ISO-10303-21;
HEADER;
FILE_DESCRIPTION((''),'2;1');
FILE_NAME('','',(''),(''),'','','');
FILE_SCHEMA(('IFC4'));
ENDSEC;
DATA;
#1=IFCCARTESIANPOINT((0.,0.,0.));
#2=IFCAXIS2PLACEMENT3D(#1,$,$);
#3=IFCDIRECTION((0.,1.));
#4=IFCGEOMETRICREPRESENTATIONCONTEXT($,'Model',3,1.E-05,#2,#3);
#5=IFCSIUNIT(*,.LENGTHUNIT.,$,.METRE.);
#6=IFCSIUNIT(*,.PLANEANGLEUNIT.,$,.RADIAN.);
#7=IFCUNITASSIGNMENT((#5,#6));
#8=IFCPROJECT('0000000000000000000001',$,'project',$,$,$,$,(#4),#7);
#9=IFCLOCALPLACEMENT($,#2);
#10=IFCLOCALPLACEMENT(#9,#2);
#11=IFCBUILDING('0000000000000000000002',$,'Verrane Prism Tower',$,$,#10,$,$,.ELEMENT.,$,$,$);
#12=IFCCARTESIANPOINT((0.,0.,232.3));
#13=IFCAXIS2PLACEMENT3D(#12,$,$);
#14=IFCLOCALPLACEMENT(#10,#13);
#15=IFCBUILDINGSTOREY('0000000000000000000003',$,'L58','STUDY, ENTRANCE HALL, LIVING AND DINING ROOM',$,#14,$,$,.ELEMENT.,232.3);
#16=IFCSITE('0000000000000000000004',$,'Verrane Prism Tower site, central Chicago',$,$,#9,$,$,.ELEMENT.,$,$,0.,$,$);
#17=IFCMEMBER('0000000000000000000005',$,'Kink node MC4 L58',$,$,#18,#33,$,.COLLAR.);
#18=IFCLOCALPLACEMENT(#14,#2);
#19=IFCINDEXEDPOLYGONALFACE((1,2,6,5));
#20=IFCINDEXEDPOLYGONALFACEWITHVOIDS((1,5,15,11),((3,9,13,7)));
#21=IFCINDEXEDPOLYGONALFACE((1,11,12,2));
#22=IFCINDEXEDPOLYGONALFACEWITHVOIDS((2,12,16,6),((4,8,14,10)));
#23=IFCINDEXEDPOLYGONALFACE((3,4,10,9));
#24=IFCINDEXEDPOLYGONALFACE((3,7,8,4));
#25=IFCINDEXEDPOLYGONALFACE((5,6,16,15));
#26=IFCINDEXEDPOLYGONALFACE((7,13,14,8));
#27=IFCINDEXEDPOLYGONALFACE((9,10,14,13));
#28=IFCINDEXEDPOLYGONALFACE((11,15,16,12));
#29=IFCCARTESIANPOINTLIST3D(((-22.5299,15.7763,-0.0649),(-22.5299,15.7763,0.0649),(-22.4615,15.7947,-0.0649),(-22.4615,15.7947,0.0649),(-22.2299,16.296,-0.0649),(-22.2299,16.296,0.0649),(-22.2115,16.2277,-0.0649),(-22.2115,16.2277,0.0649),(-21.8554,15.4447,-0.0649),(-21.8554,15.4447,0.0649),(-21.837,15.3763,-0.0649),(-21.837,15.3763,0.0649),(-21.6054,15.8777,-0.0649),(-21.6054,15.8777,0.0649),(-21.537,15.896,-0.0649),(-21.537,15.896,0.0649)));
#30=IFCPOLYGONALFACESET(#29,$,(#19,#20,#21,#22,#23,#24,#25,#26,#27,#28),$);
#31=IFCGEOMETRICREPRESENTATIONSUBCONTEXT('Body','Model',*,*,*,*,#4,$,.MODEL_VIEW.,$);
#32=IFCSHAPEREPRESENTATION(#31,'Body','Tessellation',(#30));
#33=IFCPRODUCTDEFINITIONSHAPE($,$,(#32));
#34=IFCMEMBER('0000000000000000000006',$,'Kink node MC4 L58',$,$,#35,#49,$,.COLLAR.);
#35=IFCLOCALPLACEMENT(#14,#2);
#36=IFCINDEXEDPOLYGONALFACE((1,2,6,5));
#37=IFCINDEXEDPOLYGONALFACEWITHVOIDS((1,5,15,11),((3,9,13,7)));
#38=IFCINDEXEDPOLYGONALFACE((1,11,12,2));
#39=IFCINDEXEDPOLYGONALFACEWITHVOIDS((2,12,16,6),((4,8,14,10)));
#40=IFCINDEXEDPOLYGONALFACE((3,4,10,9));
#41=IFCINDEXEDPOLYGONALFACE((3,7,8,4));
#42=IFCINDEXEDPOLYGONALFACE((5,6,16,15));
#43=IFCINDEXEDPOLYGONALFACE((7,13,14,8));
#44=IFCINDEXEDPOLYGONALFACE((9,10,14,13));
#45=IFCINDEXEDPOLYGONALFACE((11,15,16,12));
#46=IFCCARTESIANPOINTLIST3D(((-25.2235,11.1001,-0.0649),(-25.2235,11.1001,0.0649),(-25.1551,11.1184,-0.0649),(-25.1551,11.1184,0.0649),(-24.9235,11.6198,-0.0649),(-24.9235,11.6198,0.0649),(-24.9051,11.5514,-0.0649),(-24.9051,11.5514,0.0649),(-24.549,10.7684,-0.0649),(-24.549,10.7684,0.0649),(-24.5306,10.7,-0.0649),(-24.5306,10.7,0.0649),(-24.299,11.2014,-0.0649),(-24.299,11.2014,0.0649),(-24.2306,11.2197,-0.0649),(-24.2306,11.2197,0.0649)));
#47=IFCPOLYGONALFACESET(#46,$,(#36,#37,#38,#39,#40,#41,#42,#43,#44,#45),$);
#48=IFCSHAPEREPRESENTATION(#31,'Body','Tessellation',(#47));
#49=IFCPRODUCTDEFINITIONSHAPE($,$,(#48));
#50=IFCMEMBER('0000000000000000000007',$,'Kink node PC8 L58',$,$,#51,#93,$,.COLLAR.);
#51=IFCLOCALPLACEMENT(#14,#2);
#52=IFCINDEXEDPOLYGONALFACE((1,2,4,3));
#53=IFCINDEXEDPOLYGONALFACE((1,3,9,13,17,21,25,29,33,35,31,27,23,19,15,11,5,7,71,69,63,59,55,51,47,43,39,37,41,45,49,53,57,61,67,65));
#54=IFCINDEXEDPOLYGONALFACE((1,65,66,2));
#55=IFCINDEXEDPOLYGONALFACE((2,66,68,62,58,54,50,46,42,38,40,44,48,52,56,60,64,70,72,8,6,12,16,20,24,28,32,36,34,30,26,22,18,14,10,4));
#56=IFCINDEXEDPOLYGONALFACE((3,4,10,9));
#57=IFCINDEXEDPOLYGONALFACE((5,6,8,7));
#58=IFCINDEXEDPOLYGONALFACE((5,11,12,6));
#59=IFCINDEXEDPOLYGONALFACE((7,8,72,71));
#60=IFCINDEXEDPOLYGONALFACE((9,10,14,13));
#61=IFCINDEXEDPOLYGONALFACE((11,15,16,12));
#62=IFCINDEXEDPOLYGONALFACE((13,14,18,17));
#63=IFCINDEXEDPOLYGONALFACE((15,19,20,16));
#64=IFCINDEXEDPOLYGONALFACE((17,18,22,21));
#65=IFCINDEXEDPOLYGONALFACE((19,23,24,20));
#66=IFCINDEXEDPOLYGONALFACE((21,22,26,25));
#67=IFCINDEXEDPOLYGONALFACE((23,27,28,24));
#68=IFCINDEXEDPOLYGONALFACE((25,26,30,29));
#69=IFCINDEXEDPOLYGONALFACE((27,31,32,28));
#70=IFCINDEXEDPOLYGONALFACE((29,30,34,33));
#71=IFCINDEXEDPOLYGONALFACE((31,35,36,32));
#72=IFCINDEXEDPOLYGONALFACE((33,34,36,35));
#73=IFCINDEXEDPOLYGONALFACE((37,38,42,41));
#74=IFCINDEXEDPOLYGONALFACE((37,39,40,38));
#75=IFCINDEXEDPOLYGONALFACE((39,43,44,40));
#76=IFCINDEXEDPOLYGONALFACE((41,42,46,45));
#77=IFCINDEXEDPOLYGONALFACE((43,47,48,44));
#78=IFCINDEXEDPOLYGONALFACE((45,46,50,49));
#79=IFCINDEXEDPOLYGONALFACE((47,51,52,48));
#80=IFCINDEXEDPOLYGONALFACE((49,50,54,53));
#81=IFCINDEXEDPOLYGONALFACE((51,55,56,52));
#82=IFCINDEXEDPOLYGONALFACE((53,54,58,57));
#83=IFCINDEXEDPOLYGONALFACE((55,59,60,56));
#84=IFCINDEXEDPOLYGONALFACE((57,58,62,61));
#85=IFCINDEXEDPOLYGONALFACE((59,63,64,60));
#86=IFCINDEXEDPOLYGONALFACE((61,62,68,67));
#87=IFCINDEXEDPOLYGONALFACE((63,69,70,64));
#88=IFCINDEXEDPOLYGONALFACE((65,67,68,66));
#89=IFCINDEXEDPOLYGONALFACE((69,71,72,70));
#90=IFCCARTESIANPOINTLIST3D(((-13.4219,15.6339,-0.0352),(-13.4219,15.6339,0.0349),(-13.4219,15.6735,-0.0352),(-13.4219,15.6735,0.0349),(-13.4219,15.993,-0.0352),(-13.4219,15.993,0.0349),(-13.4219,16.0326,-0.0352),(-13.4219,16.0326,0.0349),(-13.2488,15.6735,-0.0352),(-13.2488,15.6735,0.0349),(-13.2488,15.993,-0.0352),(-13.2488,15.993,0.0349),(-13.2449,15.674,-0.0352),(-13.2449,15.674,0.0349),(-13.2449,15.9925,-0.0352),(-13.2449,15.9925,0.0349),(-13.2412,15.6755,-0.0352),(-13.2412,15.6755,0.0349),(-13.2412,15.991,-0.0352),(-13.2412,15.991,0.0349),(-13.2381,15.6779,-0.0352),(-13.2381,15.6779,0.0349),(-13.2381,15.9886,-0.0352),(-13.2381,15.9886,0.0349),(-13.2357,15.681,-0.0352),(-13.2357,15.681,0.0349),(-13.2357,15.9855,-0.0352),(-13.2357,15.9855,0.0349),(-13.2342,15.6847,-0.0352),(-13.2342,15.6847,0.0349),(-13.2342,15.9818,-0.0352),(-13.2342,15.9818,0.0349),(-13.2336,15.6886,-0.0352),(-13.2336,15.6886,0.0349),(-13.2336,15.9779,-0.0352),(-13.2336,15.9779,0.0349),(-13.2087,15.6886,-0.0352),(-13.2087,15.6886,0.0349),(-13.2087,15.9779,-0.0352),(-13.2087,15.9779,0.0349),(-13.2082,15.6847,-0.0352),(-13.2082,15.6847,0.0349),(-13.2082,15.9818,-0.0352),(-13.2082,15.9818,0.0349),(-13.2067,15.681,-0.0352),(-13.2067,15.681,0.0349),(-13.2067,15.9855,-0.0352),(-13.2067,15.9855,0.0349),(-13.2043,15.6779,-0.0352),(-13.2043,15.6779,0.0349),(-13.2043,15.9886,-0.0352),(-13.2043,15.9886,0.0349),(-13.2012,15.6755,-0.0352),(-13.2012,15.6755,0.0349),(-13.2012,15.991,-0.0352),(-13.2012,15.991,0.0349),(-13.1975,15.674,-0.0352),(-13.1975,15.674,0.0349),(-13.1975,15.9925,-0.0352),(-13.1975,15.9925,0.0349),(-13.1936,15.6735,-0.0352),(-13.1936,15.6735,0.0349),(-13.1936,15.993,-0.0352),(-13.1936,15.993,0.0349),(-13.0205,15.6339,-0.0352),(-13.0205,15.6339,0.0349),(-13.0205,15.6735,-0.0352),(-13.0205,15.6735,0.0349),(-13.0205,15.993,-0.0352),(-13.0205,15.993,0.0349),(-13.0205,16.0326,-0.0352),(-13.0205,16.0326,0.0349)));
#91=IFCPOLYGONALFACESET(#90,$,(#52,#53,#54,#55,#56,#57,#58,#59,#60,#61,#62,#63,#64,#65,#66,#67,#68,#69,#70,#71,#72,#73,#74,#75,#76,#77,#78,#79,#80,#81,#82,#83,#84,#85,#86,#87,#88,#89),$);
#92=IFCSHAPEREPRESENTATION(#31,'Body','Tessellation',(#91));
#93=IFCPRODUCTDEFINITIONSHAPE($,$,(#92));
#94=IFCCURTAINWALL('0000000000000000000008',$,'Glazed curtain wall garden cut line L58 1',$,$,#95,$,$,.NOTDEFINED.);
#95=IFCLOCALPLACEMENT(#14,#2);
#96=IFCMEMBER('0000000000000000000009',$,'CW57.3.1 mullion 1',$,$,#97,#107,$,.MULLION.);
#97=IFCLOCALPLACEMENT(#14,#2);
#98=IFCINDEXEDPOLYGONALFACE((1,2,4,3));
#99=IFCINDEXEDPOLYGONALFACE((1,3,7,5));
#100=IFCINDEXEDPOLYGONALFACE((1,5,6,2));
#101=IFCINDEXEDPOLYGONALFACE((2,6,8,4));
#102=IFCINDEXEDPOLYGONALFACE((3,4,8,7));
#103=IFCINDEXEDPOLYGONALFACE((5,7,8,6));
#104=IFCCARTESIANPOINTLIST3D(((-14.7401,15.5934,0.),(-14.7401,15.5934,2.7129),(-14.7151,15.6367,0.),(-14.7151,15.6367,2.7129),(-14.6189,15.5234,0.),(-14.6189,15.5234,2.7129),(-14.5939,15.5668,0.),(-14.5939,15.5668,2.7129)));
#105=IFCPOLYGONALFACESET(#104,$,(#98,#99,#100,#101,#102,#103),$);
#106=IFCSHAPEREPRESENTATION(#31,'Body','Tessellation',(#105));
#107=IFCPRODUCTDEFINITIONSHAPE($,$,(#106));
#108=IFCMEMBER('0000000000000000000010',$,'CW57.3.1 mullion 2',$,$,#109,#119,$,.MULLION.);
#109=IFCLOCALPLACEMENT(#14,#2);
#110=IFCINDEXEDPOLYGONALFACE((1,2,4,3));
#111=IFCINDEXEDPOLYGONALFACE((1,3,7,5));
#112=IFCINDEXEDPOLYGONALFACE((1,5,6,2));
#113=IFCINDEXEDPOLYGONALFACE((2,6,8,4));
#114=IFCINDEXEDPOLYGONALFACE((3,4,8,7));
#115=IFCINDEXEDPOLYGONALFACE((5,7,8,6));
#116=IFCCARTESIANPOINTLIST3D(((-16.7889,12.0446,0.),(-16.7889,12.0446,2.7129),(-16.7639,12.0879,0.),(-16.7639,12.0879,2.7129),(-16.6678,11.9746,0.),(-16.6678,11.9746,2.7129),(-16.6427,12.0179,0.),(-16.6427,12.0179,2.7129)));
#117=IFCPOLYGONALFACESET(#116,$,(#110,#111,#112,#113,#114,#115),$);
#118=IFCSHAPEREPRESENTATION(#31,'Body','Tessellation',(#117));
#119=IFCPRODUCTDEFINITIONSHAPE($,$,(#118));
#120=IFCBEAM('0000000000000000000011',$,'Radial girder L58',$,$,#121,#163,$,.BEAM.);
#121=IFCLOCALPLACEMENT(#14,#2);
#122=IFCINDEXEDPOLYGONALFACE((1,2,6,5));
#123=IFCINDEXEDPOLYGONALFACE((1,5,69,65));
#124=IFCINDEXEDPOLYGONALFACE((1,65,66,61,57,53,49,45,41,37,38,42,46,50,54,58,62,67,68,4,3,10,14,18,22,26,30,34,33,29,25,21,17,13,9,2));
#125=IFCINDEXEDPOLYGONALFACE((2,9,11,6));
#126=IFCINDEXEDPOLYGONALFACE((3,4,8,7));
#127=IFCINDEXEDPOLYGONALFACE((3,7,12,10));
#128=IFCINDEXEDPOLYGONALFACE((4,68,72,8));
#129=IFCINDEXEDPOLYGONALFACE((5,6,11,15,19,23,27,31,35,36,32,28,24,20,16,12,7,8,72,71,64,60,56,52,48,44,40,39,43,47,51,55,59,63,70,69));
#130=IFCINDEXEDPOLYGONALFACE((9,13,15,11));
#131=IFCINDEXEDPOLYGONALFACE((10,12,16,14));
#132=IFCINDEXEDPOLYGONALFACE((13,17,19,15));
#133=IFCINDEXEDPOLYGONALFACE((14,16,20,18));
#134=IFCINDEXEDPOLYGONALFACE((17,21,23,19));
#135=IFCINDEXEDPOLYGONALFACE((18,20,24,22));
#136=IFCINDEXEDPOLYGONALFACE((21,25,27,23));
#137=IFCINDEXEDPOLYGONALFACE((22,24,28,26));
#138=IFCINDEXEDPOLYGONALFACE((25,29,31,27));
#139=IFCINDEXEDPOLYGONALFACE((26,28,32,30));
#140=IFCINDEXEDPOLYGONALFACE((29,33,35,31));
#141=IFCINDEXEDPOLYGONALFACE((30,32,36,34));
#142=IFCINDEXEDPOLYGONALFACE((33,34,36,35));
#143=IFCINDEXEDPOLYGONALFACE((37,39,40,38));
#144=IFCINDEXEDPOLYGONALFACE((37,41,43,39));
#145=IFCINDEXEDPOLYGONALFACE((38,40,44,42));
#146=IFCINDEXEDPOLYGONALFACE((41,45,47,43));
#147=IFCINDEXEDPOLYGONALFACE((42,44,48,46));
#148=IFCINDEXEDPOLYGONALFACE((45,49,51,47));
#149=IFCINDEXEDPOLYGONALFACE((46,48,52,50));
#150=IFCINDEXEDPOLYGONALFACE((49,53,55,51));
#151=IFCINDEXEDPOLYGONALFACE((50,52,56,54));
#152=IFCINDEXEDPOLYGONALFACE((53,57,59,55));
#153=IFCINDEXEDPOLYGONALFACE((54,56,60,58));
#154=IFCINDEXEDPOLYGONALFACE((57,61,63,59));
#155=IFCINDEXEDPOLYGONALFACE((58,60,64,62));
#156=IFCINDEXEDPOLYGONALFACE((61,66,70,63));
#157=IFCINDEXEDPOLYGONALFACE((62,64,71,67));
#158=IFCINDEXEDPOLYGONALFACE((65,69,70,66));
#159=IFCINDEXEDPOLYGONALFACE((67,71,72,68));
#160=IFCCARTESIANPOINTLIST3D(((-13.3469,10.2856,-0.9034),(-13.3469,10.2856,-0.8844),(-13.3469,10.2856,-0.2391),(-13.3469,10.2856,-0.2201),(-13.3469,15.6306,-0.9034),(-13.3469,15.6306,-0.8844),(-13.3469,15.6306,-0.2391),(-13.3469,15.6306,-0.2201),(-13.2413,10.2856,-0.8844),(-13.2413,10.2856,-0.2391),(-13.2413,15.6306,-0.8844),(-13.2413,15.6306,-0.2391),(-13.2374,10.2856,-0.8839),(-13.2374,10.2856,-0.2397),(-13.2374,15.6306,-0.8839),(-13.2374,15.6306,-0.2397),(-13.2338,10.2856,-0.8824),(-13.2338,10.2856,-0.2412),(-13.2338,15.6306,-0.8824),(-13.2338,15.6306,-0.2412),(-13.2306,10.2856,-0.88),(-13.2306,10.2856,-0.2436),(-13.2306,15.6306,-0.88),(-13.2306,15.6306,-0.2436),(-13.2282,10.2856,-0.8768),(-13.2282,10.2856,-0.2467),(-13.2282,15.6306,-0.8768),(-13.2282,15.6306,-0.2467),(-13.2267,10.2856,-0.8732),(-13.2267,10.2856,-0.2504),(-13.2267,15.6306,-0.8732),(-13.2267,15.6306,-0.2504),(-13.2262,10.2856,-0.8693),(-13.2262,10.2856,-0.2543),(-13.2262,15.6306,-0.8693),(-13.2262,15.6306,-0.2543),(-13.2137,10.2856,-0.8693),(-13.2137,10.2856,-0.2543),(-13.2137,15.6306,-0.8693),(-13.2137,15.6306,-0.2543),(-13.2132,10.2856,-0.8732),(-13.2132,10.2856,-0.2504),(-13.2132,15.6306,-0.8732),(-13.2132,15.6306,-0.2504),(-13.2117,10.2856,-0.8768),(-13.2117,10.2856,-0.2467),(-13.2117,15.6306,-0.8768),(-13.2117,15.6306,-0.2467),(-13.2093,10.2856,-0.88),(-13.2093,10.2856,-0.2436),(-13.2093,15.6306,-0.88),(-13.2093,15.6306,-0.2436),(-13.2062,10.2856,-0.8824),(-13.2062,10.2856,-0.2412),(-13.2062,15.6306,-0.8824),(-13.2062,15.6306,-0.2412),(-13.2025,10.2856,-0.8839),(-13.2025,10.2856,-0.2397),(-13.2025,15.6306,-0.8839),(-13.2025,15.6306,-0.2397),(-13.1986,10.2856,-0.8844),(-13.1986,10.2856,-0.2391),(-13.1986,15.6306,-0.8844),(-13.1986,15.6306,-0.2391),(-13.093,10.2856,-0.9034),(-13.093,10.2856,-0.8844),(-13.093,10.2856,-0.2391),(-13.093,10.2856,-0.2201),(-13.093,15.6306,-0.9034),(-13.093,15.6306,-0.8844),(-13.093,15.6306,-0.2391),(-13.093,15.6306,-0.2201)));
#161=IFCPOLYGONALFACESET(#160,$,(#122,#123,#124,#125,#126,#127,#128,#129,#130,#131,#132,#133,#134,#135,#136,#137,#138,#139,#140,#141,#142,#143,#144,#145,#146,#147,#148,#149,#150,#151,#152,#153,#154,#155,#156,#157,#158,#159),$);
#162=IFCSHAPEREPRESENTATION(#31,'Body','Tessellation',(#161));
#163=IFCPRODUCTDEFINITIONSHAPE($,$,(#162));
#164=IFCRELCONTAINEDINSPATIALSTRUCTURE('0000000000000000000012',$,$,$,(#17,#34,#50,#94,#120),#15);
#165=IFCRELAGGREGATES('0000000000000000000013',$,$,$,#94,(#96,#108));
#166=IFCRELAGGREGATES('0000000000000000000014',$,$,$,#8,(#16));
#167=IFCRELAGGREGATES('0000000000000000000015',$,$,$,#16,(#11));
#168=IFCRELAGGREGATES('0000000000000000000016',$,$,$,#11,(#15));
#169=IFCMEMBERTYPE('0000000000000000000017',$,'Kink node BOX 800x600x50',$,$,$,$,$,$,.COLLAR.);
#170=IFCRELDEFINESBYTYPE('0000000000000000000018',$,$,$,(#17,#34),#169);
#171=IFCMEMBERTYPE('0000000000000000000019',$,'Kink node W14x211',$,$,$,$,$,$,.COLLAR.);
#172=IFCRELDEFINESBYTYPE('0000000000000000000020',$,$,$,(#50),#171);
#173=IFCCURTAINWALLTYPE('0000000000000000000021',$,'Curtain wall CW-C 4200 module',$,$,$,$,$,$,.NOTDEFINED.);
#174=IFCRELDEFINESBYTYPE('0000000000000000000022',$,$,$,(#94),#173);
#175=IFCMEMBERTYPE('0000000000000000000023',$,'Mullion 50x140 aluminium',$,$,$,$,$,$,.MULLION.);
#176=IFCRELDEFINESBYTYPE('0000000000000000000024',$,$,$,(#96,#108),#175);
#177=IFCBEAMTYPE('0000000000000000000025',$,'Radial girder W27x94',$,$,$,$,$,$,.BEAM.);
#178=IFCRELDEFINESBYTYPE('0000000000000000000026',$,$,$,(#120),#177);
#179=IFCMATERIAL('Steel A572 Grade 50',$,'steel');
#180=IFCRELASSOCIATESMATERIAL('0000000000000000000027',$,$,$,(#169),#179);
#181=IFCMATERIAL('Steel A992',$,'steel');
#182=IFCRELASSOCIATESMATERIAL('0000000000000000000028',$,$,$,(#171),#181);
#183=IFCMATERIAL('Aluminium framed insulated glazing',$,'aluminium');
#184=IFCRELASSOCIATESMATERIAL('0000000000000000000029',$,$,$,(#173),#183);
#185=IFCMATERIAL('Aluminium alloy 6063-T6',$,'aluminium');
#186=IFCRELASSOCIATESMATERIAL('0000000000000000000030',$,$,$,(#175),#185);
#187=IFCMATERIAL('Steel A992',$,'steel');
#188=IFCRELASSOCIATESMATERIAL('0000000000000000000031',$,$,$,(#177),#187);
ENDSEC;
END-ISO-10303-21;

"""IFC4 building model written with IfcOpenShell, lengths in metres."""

from ifc_helpers import new_model, si_unit, direction, frame, origin, origin_2d, place, context, subcontext, project, spatial, rectangle, hollow_rectangle, i_section, extrude, material, material_profile, profile_set, type_object, element, aggregate, save


model = new_model("IFC4")

# Units and contexts
model_context = context("Model", 3, precision=1e-05, world=origin(), true_north=direction((0.0, 1.0)))
body_context = subcontext(model_context, "Body", "Model", "MODEL_VIEW")
ifc_project = project(units=[si_unit("LENGTHUNIT", "METRE"), si_unit("PLANEANGLEUNIT", "RADIAN")], contexts=[model_context])

# Site, building, storey
site_placement = place(None, origin())
site = spatial("IfcSite", under=ifc_project, at=site_placement, Name="Verrane Prism Tower site, central Chicago", CompositionType="ELEMENT", RefElevation=0.0)
building_placement = place(site_placement, origin())
building = spatial("IfcBuilding", under=site, at=building_placement, Name="Verrane Prism Tower", CompositionType="ELEMENT")
storey_placement = place(building_placement, frame((0.0, 0.0, 232.3)))
storey = spatial("IfcBuildingStorey", under=building, at=storey_placement, Name="L58", Description="STUDY, ENTRANCE HALL, LIVING AND DINING ROOM", CompositionType="ELEMENT", Elevation=232.3)

# Members
ifc_material_1 = material(Name="Steel A572 Grade 50", Category="steel")
ifc_material_profile_1 = material_profile(ifc_material_1, hollow_rectangle(XDim=0.6001, YDim=0.8, WallThickness=0.05, at=origin_2d()), Name="BOX 800x600x50")
ifc_profile_set_1 = profile_set([ifc_material_profile_1], Name="Steel A572 Grade 50")
member_type_1 = type_object("IfcMemberType", Name="Kink node BOX 800x600x50", PredefinedType="COLLAR", material=ifc_profile_set_1)
for number, where, z_axis, x_axis, name in (
    (1, (-22.0334, 15.8362, -0.0649), (0.0, 0.0, 1.0), (0.5, 0.866025, 0.0), "Kink node MC4 L58"),
    (2, (-24.7271, 11.1599, -0.0649), (0.0, 0.0, 1.0), (0.5, 0.866025, 0.0), "Kink node MC4 L58"),
):
    element("IfcMember", number, at=place(storey_placement, frame(where, z_axis=z_axis, x_axis=x_axis)), inside=storey, type_object=member_type_1, Name=name, PredefinedType="COLLAR", context=body_context, shape_type="SweptSolid", body=[
        extrude(hollow_rectangle(XDim=0.6001, YDim=0.8, WallThickness=0.05, at=origin_2d()), origin(), (0.0, 0.0, 1.0), 0.1299),
    ])
ifc_material_2 = material(Name="Steel A992", Category="steel")
ifc_material_profile_2 = material_profile(ifc_material_2, i_section(OverallWidth=0.4014, OverallDepth=0.3987, WebThickness=0.0249, FlangeThickness=0.0396, FilletRadius=0.0151, at=origin_2d()), Name="W14x211")
ifc_profile_set_2 = profile_set([ifc_material_profile_2], Name="Steel A992")
member_type_2 = type_object("IfcMemberType", Name="Kink node W14x211", PredefinedType="COLLAR", material=ifc_profile_set_2)
member_1_placement = place(storey_placement, frame((-13.2212, 15.8333, -0.0352), z_axis=(0.0, 0.0, 1.0), x_axis=(1.0, 0.0, 0.0)))
element("IfcMember", 3, at=member_1_placement, inside=storey, type_object=member_type_2, Name="Kink node PC8 L58", PredefinedType="COLLAR", context=body_context, shape_type="SweptSolid", body=[
    extrude(i_section(OverallWidth=0.4014, OverallDepth=0.3987, WebThickness=0.0249, FlangeThickness=0.0396, FilletRadius=0.0151, at=origin_2d()), origin(), (0.0, 0.0, 1.0), 0.0701),
])

# Curtain wall, members
ifc_material_3 = material(Name="Aluminium framed insulated glazing", Category="aluminium")
curtain_wall_type = type_object("IfcCurtainWallType", Name="Curtain wall CW-C 4200 module", PredefinedType="NOTDEFINED", material=ifc_material_3)
curtain_wall_placement = place(storey_placement, origin())
curtain_wall = element("IfcCurtainWall", 4, at=curtain_wall_placement, inside=storey, type_object=curtain_wall_type, Name="Glazed curtain wall garden cut line L58 1", PredefinedType="NOTDEFINED")
ifc_material_4 = material(Name="Aluminium alloy 6063-T6", Category="aluminium")
ifc_material_profile_3 = material_profile(ifc_material_4, rectangle(XDim=0.1399, YDim=0.05, at=origin_2d()), Name="Mullion 50x140 aluminium")
ifc_profile_set_3 = profile_set([ifc_material_profile_3], Name="Aluminium alloy 6063-T6")
member_type_3 = type_object("IfcMemberType", Name="Mullion 50x140 aluminium", PredefinedType="MULLION", material=ifc_profile_set_3)
member_2_placement = place(storey_placement, frame((-14.667, 15.5801, 0.0), z_axis=(0.0, 0.0, 1.0), x_axis=(0.866025, -0.500001, 0.0)))
member_2 = element("IfcMember", 5, at=member_2_placement, type_object=member_type_3, Name="CW57.3.1 mullion 1", PredefinedType="MULLION", context=body_context, shape_type="SweptSolid", body=[
    extrude(rectangle(XDim=0.1399, YDim=0.05, at=origin_2d()), origin(), (0.0, 0.0, 1.0), 2.7129),
])
member_3_placement = place(storey_placement, frame((-16.7158, 12.0312, 0.0), z_axis=(0.0, 0.0, 1.0), x_axis=(0.866025, -0.500001, 0.0)))
member_3 = element("IfcMember", 6, at=member_3_placement, type_object=member_type_3, Name="CW57.3.1 mullion 2", PredefinedType="MULLION", context=body_context, shape_type="SweptSolid", body=[
    extrude(rectangle(XDim=0.1399, YDim=0.05, at=origin_2d()), origin(), (0.0, 0.0, 1.0), 2.7129),
])

# Beam
ifc_material_5 = material(Name="Steel A992", Category="steel")
ifc_material_profile_4 = material_profile(ifc_material_5, i_section(OverallWidth=0.2539, OverallDepth=0.6833, WebThickness=0.0125, FlangeThickness=0.019, FilletRadius=0.0151, at=origin_2d()), Name="W27x94")
ifc_profile_set_4 = profile_set([ifc_material_profile_4], Name="Steel A992")
beam_type_1 = type_object("IfcBeamType", Name="Radial girder W27x94", PredefinedType="BEAM", material=ifc_profile_set_4)
beam_1_placement = place(storey_placement, frame((-13.22, 15.6306, -0.5618), z_axis=(0.0, -1.0, 0.0), x_axis=(1.0, 0.0, 0.0)))
element("IfcBeam", 7, at=beam_1_placement, inside=storey, type_object=beam_type_1, Name="Radial girder L58", PredefinedType="BEAM", context=body_context, shape_type="SweptSolid", body=[
    extrude(i_section(OverallWidth=0.2539, OverallDepth=0.6833, WebThickness=0.0125, FlangeThickness=0.019, FilletRadius=0.0151, at=origin_2d()), origin(), (0.0, 0.0, 1.0), 5.345),
])

aggregate(curtain_wall, [member_2, member_3])

save(model, "model.ifc")
